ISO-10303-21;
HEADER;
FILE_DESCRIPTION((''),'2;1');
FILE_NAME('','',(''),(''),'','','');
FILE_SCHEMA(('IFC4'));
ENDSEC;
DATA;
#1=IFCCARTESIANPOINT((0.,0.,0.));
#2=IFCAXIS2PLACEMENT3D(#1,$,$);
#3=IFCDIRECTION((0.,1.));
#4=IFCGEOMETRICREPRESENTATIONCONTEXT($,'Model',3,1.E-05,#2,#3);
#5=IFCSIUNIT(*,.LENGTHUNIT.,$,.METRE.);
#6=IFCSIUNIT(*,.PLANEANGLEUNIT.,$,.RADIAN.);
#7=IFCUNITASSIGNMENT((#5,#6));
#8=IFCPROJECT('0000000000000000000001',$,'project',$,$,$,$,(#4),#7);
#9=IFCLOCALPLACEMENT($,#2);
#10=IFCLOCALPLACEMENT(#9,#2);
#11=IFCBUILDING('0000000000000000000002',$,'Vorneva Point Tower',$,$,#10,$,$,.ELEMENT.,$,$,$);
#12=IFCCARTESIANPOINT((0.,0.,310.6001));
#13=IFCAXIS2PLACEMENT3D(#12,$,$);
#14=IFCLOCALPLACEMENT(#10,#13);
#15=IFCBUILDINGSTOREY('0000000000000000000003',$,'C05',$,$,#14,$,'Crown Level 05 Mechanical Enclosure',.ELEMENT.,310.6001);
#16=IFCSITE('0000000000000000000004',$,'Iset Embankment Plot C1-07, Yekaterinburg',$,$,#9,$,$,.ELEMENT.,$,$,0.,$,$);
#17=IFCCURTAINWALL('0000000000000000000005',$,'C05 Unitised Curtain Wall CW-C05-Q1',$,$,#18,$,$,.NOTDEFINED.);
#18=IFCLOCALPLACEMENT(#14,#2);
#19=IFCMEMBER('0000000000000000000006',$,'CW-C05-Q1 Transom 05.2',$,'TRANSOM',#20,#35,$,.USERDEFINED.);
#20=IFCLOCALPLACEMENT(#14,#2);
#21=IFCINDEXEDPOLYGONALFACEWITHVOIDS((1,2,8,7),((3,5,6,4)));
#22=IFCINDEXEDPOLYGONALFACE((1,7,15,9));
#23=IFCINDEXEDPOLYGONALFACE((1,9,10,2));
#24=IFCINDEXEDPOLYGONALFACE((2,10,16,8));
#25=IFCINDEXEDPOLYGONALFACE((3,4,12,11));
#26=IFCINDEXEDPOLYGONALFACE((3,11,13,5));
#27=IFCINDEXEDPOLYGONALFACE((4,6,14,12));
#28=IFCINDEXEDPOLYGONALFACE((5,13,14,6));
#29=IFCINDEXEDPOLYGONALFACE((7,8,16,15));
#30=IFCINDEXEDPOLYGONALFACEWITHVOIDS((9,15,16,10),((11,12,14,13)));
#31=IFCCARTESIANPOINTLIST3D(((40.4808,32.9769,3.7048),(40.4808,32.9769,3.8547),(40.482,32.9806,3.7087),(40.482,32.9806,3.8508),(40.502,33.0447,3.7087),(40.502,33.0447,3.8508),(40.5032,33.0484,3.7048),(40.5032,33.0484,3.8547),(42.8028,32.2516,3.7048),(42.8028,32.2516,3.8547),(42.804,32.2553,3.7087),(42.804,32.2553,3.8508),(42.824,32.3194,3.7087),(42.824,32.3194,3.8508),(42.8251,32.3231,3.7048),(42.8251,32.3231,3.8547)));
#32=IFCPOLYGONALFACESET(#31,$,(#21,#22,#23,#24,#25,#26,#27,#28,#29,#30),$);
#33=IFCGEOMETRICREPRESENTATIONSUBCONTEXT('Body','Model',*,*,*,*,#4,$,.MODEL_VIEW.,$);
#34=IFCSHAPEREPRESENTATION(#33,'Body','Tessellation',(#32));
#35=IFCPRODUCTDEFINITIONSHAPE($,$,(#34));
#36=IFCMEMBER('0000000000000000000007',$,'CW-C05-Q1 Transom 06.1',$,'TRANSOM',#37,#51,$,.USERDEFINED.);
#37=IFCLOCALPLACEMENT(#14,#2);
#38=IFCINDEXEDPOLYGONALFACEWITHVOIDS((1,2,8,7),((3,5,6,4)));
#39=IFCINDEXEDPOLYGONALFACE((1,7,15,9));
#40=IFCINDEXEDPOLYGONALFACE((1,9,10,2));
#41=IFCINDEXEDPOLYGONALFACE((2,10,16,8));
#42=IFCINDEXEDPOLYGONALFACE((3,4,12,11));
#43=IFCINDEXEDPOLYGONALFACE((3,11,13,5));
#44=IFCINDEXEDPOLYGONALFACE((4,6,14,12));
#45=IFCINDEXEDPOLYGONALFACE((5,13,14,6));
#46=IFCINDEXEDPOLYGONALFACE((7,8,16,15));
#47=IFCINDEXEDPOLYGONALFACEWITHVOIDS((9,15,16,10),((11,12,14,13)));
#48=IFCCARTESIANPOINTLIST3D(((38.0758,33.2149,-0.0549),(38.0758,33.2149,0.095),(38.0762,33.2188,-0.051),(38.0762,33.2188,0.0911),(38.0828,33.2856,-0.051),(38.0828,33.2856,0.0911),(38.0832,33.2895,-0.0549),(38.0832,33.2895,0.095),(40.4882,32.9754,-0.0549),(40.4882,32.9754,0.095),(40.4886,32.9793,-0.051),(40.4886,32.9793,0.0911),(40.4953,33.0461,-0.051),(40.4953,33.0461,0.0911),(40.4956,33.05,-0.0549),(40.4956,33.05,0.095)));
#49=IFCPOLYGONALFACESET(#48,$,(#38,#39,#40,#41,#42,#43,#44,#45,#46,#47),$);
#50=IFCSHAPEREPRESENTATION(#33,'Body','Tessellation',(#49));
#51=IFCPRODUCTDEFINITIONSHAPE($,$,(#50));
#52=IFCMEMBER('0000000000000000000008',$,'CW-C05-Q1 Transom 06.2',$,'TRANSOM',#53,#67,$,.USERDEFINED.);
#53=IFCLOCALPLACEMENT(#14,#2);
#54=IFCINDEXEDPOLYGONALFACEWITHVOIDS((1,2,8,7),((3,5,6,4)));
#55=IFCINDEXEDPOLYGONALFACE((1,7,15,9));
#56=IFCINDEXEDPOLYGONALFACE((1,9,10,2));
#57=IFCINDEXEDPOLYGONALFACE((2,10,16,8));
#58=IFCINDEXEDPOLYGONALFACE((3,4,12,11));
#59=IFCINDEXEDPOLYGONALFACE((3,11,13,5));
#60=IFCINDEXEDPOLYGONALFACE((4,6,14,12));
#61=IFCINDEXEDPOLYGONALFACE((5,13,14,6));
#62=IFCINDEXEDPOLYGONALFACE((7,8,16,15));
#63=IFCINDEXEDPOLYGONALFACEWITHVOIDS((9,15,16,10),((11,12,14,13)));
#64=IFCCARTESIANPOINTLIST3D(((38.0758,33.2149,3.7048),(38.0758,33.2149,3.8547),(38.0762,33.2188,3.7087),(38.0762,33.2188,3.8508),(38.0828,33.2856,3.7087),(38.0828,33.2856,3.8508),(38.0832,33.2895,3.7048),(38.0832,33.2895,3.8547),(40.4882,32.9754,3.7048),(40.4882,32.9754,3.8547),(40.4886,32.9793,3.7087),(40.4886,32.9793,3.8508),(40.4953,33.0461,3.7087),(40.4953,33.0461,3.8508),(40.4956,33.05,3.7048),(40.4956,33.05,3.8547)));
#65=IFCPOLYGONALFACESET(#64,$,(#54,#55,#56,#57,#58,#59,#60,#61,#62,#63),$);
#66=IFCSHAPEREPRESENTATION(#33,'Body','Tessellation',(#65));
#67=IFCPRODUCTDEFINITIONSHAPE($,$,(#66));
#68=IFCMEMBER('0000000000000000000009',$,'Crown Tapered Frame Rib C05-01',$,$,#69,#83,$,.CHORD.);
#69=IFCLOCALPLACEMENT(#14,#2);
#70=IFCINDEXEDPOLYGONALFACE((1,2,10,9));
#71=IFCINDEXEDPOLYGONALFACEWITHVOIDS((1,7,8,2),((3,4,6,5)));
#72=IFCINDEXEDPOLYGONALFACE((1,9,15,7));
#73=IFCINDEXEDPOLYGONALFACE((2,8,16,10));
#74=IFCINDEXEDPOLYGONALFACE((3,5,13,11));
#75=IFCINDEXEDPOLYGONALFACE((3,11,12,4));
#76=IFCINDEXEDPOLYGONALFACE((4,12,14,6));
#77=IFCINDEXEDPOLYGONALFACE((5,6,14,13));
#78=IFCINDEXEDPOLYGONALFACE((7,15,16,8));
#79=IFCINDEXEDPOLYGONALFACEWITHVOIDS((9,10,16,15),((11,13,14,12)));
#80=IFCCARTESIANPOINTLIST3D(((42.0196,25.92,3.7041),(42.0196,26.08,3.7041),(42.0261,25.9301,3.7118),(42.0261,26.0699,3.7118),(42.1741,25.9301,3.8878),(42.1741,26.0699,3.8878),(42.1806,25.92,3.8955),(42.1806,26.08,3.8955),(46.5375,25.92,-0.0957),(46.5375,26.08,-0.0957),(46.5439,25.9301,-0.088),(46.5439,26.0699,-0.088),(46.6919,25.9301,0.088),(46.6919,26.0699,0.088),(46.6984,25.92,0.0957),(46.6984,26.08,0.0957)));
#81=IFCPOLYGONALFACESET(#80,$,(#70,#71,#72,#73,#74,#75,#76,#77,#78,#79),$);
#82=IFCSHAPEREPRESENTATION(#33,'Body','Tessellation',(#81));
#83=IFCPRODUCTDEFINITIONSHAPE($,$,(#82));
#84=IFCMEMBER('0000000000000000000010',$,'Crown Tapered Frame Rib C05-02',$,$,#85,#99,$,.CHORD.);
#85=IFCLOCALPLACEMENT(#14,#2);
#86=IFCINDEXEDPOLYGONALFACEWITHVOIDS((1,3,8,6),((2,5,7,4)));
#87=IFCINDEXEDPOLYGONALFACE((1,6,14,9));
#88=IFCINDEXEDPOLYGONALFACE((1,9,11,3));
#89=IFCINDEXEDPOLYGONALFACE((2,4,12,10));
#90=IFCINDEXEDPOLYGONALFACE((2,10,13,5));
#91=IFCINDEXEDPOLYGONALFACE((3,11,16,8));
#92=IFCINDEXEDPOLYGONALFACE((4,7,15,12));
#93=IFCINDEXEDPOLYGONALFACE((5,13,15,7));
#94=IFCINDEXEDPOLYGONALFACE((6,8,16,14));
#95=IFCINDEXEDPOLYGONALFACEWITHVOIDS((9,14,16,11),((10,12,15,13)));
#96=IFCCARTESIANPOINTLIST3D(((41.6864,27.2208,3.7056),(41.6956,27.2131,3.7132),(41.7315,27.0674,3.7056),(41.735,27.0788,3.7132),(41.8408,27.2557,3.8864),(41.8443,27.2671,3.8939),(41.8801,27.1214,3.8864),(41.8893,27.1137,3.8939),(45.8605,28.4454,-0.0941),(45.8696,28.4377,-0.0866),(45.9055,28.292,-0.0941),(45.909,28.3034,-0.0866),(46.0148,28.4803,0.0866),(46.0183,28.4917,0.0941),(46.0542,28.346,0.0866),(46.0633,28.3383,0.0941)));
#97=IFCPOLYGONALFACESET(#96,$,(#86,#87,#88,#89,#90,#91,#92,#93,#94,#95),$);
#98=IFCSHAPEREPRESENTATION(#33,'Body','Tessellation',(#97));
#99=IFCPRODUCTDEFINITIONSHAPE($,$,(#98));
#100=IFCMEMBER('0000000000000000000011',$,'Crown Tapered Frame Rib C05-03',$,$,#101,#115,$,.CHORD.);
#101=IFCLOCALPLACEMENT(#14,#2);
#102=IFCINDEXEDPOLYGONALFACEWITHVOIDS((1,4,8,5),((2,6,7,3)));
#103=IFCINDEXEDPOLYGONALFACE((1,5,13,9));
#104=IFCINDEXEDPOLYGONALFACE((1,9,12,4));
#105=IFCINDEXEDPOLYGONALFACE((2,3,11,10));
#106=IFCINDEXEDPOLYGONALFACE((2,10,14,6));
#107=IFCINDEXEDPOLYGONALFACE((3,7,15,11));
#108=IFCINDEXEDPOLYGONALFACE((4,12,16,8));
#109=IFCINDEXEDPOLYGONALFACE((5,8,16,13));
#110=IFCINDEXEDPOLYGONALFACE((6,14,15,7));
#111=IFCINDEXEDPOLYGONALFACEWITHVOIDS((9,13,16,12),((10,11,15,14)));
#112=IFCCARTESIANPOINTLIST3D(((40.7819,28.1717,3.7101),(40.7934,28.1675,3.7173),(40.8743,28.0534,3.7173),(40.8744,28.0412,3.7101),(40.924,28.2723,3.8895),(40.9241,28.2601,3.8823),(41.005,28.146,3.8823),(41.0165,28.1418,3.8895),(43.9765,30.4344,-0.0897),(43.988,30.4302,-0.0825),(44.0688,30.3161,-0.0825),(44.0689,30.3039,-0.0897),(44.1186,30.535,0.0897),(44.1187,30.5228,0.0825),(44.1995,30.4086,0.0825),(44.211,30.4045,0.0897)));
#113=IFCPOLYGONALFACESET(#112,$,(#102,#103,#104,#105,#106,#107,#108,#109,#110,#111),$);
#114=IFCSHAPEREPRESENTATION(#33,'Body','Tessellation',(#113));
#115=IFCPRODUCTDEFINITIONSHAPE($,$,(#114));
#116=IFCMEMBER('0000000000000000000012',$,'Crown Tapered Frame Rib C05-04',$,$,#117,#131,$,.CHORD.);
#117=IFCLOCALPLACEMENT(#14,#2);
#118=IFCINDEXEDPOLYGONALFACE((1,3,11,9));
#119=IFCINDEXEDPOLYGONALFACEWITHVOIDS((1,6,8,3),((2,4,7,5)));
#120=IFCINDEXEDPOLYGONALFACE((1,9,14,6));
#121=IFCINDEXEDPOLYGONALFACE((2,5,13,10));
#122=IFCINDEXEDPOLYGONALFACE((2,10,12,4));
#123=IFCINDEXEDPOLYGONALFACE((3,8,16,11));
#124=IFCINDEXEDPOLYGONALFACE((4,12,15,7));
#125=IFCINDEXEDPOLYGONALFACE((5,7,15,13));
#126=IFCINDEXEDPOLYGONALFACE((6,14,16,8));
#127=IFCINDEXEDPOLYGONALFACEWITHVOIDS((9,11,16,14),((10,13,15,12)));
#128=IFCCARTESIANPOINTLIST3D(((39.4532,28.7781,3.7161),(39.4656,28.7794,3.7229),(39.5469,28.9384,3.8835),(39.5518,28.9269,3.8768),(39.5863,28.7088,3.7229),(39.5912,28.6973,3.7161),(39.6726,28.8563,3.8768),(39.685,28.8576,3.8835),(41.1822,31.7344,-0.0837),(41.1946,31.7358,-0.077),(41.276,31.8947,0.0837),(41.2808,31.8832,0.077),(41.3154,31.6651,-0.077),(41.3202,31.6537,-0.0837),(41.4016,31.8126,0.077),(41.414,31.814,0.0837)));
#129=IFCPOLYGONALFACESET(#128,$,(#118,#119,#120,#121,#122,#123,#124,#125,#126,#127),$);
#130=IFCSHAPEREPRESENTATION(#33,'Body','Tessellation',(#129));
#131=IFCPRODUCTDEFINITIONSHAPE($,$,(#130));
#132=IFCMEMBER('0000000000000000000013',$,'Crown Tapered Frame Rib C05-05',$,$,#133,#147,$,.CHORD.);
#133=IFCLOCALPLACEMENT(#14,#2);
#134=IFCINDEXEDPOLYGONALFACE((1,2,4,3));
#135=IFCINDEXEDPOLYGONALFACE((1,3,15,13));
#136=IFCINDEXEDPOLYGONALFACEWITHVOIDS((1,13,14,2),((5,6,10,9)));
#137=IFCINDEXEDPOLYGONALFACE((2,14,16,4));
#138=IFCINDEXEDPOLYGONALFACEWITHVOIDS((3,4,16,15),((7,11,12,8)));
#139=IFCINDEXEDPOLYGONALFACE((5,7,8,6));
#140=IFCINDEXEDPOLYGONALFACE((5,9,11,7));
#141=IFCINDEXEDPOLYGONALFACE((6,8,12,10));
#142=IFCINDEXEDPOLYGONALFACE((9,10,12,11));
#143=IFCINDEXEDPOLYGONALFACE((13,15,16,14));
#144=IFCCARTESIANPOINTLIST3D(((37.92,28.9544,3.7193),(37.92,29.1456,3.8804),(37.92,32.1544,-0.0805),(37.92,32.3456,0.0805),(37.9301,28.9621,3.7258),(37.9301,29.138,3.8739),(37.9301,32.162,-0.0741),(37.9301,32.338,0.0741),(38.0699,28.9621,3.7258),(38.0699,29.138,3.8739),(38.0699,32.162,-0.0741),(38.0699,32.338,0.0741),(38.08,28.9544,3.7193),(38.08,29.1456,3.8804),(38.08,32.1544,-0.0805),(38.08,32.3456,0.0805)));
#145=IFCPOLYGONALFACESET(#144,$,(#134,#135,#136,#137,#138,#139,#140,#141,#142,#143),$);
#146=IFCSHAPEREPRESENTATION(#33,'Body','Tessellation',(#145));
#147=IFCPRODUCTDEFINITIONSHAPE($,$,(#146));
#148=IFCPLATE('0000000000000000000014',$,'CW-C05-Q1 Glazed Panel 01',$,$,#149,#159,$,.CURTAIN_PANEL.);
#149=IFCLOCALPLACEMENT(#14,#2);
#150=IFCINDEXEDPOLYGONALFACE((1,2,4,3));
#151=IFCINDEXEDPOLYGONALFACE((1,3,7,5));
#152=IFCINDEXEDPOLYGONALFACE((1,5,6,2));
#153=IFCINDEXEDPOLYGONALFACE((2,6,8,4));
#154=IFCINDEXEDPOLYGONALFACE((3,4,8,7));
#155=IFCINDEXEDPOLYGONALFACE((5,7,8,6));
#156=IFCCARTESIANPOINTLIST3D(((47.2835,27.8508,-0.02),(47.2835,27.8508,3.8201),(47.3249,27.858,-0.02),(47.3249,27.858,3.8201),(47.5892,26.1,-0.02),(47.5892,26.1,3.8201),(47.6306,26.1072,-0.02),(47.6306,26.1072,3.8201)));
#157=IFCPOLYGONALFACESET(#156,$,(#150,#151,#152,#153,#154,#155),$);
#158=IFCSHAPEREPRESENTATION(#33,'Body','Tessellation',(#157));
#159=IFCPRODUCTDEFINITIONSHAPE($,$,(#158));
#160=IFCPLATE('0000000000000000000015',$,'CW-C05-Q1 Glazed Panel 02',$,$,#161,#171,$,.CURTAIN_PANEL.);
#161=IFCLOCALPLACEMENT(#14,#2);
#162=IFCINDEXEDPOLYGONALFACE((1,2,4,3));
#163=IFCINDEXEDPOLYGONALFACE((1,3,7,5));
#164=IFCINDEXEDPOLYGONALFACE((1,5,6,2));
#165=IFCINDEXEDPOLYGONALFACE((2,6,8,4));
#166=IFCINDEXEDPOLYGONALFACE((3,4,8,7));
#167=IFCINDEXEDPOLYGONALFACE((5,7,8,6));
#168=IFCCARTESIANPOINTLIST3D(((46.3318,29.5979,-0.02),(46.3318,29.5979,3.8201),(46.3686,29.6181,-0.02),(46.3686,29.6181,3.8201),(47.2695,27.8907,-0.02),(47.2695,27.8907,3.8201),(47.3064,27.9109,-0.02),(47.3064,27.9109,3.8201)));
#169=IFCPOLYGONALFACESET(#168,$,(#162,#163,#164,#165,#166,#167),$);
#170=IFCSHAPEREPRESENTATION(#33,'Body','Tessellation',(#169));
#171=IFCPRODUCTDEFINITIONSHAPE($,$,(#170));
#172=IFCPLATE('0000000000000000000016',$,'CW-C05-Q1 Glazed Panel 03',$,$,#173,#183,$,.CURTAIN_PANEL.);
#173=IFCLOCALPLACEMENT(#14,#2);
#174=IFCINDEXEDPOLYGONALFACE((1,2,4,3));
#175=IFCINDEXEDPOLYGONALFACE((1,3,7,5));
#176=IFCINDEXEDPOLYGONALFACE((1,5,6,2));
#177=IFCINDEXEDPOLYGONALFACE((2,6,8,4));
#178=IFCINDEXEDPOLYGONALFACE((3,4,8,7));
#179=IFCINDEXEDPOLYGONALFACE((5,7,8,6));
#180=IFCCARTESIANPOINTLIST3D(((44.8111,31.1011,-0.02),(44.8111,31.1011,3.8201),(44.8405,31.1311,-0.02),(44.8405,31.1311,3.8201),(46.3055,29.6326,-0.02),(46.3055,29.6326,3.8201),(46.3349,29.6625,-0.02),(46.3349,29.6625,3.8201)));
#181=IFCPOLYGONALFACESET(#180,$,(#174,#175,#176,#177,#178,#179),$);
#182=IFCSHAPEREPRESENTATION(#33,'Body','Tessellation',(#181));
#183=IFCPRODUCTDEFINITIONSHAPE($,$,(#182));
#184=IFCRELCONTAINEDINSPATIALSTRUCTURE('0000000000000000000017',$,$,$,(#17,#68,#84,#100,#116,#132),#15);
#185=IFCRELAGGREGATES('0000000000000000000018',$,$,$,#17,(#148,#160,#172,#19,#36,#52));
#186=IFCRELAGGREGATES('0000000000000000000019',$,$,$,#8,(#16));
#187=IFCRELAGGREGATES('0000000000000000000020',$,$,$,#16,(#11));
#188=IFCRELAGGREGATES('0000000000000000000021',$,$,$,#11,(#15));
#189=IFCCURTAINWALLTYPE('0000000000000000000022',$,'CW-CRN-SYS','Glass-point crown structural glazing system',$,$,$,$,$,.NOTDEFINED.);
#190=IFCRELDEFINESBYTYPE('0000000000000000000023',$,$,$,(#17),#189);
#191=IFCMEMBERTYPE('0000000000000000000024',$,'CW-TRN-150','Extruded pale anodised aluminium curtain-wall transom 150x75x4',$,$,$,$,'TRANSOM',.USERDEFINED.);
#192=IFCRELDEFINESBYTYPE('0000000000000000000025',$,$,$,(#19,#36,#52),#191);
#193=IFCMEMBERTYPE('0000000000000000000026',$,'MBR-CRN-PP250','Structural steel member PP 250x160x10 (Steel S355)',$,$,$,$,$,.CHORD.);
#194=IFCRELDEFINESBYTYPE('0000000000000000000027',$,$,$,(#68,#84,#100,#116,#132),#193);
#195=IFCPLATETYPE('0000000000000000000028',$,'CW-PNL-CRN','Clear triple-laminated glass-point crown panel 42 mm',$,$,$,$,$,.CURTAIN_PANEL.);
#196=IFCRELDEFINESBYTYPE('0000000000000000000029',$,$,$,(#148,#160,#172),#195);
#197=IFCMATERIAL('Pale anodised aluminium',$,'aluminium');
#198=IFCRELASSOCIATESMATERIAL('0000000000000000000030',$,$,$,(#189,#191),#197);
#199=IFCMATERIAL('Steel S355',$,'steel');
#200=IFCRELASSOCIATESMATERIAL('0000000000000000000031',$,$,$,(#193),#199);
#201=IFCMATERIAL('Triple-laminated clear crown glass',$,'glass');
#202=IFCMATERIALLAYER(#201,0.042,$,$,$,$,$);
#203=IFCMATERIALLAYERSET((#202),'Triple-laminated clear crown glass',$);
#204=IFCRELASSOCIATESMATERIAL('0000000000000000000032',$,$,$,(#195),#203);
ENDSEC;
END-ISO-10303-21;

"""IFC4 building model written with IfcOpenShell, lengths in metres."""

from ifc_helpers import new_model, si_unit, direction, frame, origin, origin_2d, place, context, subcontext, project, spatial, rectangle, hollow_rectangle, extrude, material, layer, layer_set, material_profile, profile_set, type_object, element, aggregate, save


model = new_model("IFC4")

# Units and contexts
model_context = context("Model", 3, precision=1e-05, world=origin(), true_north=direction((0.0, 1.0)))
body_context = subcontext(model_context, "Body", "Model", "MODEL_VIEW")
ifc_project = project(units=[si_unit("LENGTHUNIT", "METRE"), si_unit("PLANEANGLEUNIT", "RADIAN")], contexts=[model_context])

# Site, building, storey
site_placement = place(None, origin())
site = spatial("IfcSite", under=ifc_project, at=site_placement, Name="Iset Embankment Plot C1-07, Yekaterinburg", CompositionType="ELEMENT", RefElevation=0.0)
building_placement = place(site_placement, origin())
building = spatial("IfcBuilding", under=site, at=building_placement, Name="Vorneva Point Tower", CompositionType="ELEMENT")
storey_placement = place(building_placement, frame((0.0, 0.0, 310.6001)))
storey = spatial("IfcBuildingStorey", under=building, at=storey_placement, Name="C05", LongName="Crown Level 05 Mechanical Enclosure", CompositionType="ELEMENT", Elevation=310.6001)

# Shared definitions
ifc_material_1 = material(Name="Steel S355", Category="steel")

# Curtain wall, members
ifc_material_2 = material(Name="Pale anodised aluminium", Category="aluminium")
curtain_wall_type = type_object("IfcCurtainWallType", Name="CW-CRN-SYS", Description="Glass-point crown structural glazing system", PredefinedType="NOTDEFINED", material=ifc_material_2)
curtain_wall_placement = place(storey_placement, origin())
curtain_wall = element("IfcCurtainWall", 1, at=curtain_wall_placement, inside=storey, type_object=curtain_wall_type, Name="C05 Unitised Curtain Wall CW-C05-Q1", PredefinedType="NOTDEFINED")
ifc_material_profile_1 = material_profile(ifc_material_2, hollow_rectangle(XDim=0.075, YDim=0.1499, WallThickness=0.0039, at=origin_2d()), Name="AL-TRN 150x75x4")
ifc_profile_set_1 = profile_set([ifc_material_profile_1], Name="Pale anodised aluminium")
member_type_1 = type_object("IfcMemberType", Name="CW-TRN-150", Description="Extruded pale anodised aluminium curtain-wall transom 150x75x4", ElementType="TRANSOM", PredefinedType="USERDEFINED", material=ifc_profile_set_1)
member_1_placement = place(storey_placement, frame((42.814, 32.2874, 3.7798), z_axis=(-0.954514, 0.298166, 0.0), x_axis=(-0.298166, -0.954514, 0.0)))
member_1 = element("IfcMember", 2, at=member_1_placement, type_object=member_type_1, Name="CW-C05-Q1 Transom 05.2", ObjectType="TRANSOM", PredefinedType="USERDEFINED", context=body_context, shape_type="SweptSolid", body=[
    extrude(hollow_rectangle(XDim=0.075, YDim=0.1499, WallThickness=0.0039, at=origin_2d()), origin(), (0.0, 0.0, 1.0), 2.4326),
])
member_2_placement = place(storey_placement, frame((40.4919, 33.0127, 0.02), z_axis=(-0.995108, 0.098796, 0.0), x_axis=(-0.098796, -0.995108, 0.0)))
member_2 = element("IfcMember", 3, at=member_2_placement, type_object=member_type_1, Name="CW-C05-Q1 Transom 06.1", ObjectType="TRANSOM", PredefinedType="USERDEFINED", context=body_context, shape_type="SweptSolid", body=[
    extrude(hollow_rectangle(XDim=0.075, YDim=0.1499, WallThickness=0.0039, at=origin_2d()), origin(), (0.0, 0.0, 1.0), 2.4243),
])
member_3_placement = place(storey_placement, frame((40.4919, 33.0127, 3.7798), z_axis=(-0.995108, 0.098796, 0.0), x_axis=(-0.098796, -0.995108, 0.0)))
member_3 = element("IfcMember", 4, at=member_3_placement, type_object=member_type_1, Name="CW-C05-Q1 Transom 06.2", ObjectType="TRANSOM", PredefinedType="USERDEFINED", context=body_context, shape_type="SweptSolid", body=[
    extrude(hollow_rectangle(XDim=0.075, YDim=0.1499, WallThickness=0.0039, at=origin_2d()), origin(), (0.0, 0.0, 1.0), 2.4243),
])

# Members
ifc_material_profile_2 = material_profile(ifc_material_1, hollow_rectangle(XDim=0.1599, YDim=0.25, WallThickness=0.01, at=origin_2d()), Name="PP 250x160x10")
ifc_profile_set_2 = profile_set([ifc_material_profile_2], Name="Steel S355")
member_type_2 = type_object("IfcMemberType", Name="MBR-CRN-PP250", Description="Structural steel member PP 250x160x10 (Steel S355)", PredefinedType="CHORD", material=ifc_profile_set_2)
member_4_placement = place(storey_placement, frame((46.6179, 26.0, 0.0), z_axis=(-0.765301, 0.0, 0.643672), x_axis=(0.0, -1.0, 0.0)))
element("IfcMember", 5, at=member_4_placement, inside=storey, type_object=member_type_2, Name="Crown Tapered Frame Rib C05-01", PredefinedType="CHORD", context=body_context, shape_type="SweptSolid", body=[
    extrude(hollow_rectangle(XDim=0.1599, YDim=0.25, WallThickness=0.01, at=origin_2d()), origin(), (0.0, 0.0, 1.0), 5.9033),
])
member_5_placement = place(storey_placement, frame((45.9619, 28.3918, 0.0), z_axis=(-0.72267, -0.21202, 0.657872), x_axis=(0.281519, -0.959556, 0.0)))
element("IfcMember", 6, at=member_5_placement, inside=storey, type_object=member_type_2, Name="Crown Tapered Frame Rib C05-02", PredefinedType="CHORD", context=body_context, shape_type="SweptSolid", body=[
    extrude(hollow_rectangle(XDim=0.1599, YDim=0.25, WallThickness=0.01, at=origin_2d()), origin(), (0.0, 0.0, 1.0), 5.7759),
])
member_6_placement = place(storey_placement, frame((44.0938, 30.4194, 0.0), z_axis=(-0.585559, -0.414747, 0.696495), x_axis=(0.577995, -0.81604, 0.0)))
element("IfcMember", 7, at=member_6_placement, inside=storey, type_object=member_type_2, Name="Crown Tapered Frame Rib C05-03", PredefinedType="CHORD", context=body_context, shape_type="SweptSolid", body=[
    extrude(hollow_rectangle(XDim=0.1599, YDim=0.25, WallThickness=0.01, at=origin_2d()), origin(), (0.0, 0.0, 1.0), 5.4556),
])
member_7_placement = place(storey_placement, frame((41.2981, 31.7742, 0.0), z_axis=(-0.337997, -0.577917, 0.742812), x_axis=(0.863207, -0.50485, 0.0)))
element("IfcMember", 8, at=member_7_placement, inside=storey, type_object=member_type_2, Name="Crown Tapered Frame Rib C05-04", PredefinedType="CHORD", context=body_context, shape_type="SweptSolid", body=[
    extrude(hollow_rectangle(XDim=0.1599, YDim=0.25, WallThickness=0.01, at=origin_2d()), origin(), (0.0, 0.0, 1.0), 5.1155),
])
member_8_placement = place(storey_placement, frame((38.0, 32.25, 0.0), z_axis=(0.0, -0.644149, 0.7649), x_axis=(1.0, 0.0, 0.0)))
element("IfcMember", 9, at=member_8_placement, inside=storey, type_object=member_type_2, Name="Crown Tapered Frame Rib C05-05", PredefinedType="CHORD", context=body_context, shape_type="SweptSolid", body=[
    extrude(hollow_rectangle(XDim=0.1599, YDim=0.25, WallThickness=0.01, at=origin_2d()), origin(), (0.0, 0.0, 1.0), 4.9678),
])

# Plates
ifc_material_3 = material(Name="Triple-laminated clear crown glass", Category="glass")
ifc_layer_1 = layer(ifc_material_3, 0.042)
ifc_layer_set_1 = layer_set([ifc_layer_1], Name="Triple-laminated clear crown glass")
plate_type_1 = type_object("IfcPlateType", Name="CW-PNL-CRN", Description="Clear triple-laminated glass-point crown panel 42 mm", PredefinedType="CURTAIN_PANEL", material=ifc_layer_set_1)
plate_1_placement = place(storey_placement, frame((47.457, 26.979, -0.02), z_axis=(0.0, 0.0, 1.0), x_axis=(-0.171998, 0.985097, 0.0)))
plate_1 = element("IfcPlate", 10, at=plate_1_placement, type_object=plate_type_1, Name="CW-C05-Q1 Glazed Panel 01", PredefinedType="CURTAIN_PANEL", context=body_context, shape_type="SweptSolid", body=[
    extrude(rectangle(XDim=1.7773, YDim=0.042, at=origin_2d()), origin(), (0.0, 0.0, 1.0), 3.8401),
])
plate_2_placement = place(storey_placement, frame((46.8191, 28.7544, -0.02), z_axis=(0.0, 0.0, 1.0), x_axis=(-0.481432, 0.876483, 0.0)))
plate_2 = element("IfcPlate", 11, at=plate_2_placement, type_object=plate_type_1, Name="CW-C05-Q1 Glazed Panel 02", PredefinedType="CURTAIN_PANEL", context=body_context, shape_type="SweptSolid", body=[
    extrude(rectangle(XDim=1.9478, YDim=0.042, at=origin_2d()), origin(), (0.0, 0.0, 1.0), 3.8401),
])
plate_3_placement = place(storey_placement, frame((45.573, 30.3818, -0.02), z_axis=(0.0, 0.0, 1.0), x_axis=(-0.71325, 0.700909, 0.0)))
plate_3 = element("IfcPlate", 12, at=plate_3_placement, type_object=plate_type_1, Name="CW-C05-Q1 Glazed Panel 03", PredefinedType="CURTAIN_PANEL", context=body_context, shape_type="SweptSolid", body=[
    extrude(rectangle(XDim=2.0952, YDim=0.042, at=origin_2d()), origin(), (0.0, 0.0, 1.0), 3.8401),
])
aggregate(curtain_wall, [plate_1, plate_2, plate_3, member_1, member_2, member_3])

save(model, "model.ifc")
